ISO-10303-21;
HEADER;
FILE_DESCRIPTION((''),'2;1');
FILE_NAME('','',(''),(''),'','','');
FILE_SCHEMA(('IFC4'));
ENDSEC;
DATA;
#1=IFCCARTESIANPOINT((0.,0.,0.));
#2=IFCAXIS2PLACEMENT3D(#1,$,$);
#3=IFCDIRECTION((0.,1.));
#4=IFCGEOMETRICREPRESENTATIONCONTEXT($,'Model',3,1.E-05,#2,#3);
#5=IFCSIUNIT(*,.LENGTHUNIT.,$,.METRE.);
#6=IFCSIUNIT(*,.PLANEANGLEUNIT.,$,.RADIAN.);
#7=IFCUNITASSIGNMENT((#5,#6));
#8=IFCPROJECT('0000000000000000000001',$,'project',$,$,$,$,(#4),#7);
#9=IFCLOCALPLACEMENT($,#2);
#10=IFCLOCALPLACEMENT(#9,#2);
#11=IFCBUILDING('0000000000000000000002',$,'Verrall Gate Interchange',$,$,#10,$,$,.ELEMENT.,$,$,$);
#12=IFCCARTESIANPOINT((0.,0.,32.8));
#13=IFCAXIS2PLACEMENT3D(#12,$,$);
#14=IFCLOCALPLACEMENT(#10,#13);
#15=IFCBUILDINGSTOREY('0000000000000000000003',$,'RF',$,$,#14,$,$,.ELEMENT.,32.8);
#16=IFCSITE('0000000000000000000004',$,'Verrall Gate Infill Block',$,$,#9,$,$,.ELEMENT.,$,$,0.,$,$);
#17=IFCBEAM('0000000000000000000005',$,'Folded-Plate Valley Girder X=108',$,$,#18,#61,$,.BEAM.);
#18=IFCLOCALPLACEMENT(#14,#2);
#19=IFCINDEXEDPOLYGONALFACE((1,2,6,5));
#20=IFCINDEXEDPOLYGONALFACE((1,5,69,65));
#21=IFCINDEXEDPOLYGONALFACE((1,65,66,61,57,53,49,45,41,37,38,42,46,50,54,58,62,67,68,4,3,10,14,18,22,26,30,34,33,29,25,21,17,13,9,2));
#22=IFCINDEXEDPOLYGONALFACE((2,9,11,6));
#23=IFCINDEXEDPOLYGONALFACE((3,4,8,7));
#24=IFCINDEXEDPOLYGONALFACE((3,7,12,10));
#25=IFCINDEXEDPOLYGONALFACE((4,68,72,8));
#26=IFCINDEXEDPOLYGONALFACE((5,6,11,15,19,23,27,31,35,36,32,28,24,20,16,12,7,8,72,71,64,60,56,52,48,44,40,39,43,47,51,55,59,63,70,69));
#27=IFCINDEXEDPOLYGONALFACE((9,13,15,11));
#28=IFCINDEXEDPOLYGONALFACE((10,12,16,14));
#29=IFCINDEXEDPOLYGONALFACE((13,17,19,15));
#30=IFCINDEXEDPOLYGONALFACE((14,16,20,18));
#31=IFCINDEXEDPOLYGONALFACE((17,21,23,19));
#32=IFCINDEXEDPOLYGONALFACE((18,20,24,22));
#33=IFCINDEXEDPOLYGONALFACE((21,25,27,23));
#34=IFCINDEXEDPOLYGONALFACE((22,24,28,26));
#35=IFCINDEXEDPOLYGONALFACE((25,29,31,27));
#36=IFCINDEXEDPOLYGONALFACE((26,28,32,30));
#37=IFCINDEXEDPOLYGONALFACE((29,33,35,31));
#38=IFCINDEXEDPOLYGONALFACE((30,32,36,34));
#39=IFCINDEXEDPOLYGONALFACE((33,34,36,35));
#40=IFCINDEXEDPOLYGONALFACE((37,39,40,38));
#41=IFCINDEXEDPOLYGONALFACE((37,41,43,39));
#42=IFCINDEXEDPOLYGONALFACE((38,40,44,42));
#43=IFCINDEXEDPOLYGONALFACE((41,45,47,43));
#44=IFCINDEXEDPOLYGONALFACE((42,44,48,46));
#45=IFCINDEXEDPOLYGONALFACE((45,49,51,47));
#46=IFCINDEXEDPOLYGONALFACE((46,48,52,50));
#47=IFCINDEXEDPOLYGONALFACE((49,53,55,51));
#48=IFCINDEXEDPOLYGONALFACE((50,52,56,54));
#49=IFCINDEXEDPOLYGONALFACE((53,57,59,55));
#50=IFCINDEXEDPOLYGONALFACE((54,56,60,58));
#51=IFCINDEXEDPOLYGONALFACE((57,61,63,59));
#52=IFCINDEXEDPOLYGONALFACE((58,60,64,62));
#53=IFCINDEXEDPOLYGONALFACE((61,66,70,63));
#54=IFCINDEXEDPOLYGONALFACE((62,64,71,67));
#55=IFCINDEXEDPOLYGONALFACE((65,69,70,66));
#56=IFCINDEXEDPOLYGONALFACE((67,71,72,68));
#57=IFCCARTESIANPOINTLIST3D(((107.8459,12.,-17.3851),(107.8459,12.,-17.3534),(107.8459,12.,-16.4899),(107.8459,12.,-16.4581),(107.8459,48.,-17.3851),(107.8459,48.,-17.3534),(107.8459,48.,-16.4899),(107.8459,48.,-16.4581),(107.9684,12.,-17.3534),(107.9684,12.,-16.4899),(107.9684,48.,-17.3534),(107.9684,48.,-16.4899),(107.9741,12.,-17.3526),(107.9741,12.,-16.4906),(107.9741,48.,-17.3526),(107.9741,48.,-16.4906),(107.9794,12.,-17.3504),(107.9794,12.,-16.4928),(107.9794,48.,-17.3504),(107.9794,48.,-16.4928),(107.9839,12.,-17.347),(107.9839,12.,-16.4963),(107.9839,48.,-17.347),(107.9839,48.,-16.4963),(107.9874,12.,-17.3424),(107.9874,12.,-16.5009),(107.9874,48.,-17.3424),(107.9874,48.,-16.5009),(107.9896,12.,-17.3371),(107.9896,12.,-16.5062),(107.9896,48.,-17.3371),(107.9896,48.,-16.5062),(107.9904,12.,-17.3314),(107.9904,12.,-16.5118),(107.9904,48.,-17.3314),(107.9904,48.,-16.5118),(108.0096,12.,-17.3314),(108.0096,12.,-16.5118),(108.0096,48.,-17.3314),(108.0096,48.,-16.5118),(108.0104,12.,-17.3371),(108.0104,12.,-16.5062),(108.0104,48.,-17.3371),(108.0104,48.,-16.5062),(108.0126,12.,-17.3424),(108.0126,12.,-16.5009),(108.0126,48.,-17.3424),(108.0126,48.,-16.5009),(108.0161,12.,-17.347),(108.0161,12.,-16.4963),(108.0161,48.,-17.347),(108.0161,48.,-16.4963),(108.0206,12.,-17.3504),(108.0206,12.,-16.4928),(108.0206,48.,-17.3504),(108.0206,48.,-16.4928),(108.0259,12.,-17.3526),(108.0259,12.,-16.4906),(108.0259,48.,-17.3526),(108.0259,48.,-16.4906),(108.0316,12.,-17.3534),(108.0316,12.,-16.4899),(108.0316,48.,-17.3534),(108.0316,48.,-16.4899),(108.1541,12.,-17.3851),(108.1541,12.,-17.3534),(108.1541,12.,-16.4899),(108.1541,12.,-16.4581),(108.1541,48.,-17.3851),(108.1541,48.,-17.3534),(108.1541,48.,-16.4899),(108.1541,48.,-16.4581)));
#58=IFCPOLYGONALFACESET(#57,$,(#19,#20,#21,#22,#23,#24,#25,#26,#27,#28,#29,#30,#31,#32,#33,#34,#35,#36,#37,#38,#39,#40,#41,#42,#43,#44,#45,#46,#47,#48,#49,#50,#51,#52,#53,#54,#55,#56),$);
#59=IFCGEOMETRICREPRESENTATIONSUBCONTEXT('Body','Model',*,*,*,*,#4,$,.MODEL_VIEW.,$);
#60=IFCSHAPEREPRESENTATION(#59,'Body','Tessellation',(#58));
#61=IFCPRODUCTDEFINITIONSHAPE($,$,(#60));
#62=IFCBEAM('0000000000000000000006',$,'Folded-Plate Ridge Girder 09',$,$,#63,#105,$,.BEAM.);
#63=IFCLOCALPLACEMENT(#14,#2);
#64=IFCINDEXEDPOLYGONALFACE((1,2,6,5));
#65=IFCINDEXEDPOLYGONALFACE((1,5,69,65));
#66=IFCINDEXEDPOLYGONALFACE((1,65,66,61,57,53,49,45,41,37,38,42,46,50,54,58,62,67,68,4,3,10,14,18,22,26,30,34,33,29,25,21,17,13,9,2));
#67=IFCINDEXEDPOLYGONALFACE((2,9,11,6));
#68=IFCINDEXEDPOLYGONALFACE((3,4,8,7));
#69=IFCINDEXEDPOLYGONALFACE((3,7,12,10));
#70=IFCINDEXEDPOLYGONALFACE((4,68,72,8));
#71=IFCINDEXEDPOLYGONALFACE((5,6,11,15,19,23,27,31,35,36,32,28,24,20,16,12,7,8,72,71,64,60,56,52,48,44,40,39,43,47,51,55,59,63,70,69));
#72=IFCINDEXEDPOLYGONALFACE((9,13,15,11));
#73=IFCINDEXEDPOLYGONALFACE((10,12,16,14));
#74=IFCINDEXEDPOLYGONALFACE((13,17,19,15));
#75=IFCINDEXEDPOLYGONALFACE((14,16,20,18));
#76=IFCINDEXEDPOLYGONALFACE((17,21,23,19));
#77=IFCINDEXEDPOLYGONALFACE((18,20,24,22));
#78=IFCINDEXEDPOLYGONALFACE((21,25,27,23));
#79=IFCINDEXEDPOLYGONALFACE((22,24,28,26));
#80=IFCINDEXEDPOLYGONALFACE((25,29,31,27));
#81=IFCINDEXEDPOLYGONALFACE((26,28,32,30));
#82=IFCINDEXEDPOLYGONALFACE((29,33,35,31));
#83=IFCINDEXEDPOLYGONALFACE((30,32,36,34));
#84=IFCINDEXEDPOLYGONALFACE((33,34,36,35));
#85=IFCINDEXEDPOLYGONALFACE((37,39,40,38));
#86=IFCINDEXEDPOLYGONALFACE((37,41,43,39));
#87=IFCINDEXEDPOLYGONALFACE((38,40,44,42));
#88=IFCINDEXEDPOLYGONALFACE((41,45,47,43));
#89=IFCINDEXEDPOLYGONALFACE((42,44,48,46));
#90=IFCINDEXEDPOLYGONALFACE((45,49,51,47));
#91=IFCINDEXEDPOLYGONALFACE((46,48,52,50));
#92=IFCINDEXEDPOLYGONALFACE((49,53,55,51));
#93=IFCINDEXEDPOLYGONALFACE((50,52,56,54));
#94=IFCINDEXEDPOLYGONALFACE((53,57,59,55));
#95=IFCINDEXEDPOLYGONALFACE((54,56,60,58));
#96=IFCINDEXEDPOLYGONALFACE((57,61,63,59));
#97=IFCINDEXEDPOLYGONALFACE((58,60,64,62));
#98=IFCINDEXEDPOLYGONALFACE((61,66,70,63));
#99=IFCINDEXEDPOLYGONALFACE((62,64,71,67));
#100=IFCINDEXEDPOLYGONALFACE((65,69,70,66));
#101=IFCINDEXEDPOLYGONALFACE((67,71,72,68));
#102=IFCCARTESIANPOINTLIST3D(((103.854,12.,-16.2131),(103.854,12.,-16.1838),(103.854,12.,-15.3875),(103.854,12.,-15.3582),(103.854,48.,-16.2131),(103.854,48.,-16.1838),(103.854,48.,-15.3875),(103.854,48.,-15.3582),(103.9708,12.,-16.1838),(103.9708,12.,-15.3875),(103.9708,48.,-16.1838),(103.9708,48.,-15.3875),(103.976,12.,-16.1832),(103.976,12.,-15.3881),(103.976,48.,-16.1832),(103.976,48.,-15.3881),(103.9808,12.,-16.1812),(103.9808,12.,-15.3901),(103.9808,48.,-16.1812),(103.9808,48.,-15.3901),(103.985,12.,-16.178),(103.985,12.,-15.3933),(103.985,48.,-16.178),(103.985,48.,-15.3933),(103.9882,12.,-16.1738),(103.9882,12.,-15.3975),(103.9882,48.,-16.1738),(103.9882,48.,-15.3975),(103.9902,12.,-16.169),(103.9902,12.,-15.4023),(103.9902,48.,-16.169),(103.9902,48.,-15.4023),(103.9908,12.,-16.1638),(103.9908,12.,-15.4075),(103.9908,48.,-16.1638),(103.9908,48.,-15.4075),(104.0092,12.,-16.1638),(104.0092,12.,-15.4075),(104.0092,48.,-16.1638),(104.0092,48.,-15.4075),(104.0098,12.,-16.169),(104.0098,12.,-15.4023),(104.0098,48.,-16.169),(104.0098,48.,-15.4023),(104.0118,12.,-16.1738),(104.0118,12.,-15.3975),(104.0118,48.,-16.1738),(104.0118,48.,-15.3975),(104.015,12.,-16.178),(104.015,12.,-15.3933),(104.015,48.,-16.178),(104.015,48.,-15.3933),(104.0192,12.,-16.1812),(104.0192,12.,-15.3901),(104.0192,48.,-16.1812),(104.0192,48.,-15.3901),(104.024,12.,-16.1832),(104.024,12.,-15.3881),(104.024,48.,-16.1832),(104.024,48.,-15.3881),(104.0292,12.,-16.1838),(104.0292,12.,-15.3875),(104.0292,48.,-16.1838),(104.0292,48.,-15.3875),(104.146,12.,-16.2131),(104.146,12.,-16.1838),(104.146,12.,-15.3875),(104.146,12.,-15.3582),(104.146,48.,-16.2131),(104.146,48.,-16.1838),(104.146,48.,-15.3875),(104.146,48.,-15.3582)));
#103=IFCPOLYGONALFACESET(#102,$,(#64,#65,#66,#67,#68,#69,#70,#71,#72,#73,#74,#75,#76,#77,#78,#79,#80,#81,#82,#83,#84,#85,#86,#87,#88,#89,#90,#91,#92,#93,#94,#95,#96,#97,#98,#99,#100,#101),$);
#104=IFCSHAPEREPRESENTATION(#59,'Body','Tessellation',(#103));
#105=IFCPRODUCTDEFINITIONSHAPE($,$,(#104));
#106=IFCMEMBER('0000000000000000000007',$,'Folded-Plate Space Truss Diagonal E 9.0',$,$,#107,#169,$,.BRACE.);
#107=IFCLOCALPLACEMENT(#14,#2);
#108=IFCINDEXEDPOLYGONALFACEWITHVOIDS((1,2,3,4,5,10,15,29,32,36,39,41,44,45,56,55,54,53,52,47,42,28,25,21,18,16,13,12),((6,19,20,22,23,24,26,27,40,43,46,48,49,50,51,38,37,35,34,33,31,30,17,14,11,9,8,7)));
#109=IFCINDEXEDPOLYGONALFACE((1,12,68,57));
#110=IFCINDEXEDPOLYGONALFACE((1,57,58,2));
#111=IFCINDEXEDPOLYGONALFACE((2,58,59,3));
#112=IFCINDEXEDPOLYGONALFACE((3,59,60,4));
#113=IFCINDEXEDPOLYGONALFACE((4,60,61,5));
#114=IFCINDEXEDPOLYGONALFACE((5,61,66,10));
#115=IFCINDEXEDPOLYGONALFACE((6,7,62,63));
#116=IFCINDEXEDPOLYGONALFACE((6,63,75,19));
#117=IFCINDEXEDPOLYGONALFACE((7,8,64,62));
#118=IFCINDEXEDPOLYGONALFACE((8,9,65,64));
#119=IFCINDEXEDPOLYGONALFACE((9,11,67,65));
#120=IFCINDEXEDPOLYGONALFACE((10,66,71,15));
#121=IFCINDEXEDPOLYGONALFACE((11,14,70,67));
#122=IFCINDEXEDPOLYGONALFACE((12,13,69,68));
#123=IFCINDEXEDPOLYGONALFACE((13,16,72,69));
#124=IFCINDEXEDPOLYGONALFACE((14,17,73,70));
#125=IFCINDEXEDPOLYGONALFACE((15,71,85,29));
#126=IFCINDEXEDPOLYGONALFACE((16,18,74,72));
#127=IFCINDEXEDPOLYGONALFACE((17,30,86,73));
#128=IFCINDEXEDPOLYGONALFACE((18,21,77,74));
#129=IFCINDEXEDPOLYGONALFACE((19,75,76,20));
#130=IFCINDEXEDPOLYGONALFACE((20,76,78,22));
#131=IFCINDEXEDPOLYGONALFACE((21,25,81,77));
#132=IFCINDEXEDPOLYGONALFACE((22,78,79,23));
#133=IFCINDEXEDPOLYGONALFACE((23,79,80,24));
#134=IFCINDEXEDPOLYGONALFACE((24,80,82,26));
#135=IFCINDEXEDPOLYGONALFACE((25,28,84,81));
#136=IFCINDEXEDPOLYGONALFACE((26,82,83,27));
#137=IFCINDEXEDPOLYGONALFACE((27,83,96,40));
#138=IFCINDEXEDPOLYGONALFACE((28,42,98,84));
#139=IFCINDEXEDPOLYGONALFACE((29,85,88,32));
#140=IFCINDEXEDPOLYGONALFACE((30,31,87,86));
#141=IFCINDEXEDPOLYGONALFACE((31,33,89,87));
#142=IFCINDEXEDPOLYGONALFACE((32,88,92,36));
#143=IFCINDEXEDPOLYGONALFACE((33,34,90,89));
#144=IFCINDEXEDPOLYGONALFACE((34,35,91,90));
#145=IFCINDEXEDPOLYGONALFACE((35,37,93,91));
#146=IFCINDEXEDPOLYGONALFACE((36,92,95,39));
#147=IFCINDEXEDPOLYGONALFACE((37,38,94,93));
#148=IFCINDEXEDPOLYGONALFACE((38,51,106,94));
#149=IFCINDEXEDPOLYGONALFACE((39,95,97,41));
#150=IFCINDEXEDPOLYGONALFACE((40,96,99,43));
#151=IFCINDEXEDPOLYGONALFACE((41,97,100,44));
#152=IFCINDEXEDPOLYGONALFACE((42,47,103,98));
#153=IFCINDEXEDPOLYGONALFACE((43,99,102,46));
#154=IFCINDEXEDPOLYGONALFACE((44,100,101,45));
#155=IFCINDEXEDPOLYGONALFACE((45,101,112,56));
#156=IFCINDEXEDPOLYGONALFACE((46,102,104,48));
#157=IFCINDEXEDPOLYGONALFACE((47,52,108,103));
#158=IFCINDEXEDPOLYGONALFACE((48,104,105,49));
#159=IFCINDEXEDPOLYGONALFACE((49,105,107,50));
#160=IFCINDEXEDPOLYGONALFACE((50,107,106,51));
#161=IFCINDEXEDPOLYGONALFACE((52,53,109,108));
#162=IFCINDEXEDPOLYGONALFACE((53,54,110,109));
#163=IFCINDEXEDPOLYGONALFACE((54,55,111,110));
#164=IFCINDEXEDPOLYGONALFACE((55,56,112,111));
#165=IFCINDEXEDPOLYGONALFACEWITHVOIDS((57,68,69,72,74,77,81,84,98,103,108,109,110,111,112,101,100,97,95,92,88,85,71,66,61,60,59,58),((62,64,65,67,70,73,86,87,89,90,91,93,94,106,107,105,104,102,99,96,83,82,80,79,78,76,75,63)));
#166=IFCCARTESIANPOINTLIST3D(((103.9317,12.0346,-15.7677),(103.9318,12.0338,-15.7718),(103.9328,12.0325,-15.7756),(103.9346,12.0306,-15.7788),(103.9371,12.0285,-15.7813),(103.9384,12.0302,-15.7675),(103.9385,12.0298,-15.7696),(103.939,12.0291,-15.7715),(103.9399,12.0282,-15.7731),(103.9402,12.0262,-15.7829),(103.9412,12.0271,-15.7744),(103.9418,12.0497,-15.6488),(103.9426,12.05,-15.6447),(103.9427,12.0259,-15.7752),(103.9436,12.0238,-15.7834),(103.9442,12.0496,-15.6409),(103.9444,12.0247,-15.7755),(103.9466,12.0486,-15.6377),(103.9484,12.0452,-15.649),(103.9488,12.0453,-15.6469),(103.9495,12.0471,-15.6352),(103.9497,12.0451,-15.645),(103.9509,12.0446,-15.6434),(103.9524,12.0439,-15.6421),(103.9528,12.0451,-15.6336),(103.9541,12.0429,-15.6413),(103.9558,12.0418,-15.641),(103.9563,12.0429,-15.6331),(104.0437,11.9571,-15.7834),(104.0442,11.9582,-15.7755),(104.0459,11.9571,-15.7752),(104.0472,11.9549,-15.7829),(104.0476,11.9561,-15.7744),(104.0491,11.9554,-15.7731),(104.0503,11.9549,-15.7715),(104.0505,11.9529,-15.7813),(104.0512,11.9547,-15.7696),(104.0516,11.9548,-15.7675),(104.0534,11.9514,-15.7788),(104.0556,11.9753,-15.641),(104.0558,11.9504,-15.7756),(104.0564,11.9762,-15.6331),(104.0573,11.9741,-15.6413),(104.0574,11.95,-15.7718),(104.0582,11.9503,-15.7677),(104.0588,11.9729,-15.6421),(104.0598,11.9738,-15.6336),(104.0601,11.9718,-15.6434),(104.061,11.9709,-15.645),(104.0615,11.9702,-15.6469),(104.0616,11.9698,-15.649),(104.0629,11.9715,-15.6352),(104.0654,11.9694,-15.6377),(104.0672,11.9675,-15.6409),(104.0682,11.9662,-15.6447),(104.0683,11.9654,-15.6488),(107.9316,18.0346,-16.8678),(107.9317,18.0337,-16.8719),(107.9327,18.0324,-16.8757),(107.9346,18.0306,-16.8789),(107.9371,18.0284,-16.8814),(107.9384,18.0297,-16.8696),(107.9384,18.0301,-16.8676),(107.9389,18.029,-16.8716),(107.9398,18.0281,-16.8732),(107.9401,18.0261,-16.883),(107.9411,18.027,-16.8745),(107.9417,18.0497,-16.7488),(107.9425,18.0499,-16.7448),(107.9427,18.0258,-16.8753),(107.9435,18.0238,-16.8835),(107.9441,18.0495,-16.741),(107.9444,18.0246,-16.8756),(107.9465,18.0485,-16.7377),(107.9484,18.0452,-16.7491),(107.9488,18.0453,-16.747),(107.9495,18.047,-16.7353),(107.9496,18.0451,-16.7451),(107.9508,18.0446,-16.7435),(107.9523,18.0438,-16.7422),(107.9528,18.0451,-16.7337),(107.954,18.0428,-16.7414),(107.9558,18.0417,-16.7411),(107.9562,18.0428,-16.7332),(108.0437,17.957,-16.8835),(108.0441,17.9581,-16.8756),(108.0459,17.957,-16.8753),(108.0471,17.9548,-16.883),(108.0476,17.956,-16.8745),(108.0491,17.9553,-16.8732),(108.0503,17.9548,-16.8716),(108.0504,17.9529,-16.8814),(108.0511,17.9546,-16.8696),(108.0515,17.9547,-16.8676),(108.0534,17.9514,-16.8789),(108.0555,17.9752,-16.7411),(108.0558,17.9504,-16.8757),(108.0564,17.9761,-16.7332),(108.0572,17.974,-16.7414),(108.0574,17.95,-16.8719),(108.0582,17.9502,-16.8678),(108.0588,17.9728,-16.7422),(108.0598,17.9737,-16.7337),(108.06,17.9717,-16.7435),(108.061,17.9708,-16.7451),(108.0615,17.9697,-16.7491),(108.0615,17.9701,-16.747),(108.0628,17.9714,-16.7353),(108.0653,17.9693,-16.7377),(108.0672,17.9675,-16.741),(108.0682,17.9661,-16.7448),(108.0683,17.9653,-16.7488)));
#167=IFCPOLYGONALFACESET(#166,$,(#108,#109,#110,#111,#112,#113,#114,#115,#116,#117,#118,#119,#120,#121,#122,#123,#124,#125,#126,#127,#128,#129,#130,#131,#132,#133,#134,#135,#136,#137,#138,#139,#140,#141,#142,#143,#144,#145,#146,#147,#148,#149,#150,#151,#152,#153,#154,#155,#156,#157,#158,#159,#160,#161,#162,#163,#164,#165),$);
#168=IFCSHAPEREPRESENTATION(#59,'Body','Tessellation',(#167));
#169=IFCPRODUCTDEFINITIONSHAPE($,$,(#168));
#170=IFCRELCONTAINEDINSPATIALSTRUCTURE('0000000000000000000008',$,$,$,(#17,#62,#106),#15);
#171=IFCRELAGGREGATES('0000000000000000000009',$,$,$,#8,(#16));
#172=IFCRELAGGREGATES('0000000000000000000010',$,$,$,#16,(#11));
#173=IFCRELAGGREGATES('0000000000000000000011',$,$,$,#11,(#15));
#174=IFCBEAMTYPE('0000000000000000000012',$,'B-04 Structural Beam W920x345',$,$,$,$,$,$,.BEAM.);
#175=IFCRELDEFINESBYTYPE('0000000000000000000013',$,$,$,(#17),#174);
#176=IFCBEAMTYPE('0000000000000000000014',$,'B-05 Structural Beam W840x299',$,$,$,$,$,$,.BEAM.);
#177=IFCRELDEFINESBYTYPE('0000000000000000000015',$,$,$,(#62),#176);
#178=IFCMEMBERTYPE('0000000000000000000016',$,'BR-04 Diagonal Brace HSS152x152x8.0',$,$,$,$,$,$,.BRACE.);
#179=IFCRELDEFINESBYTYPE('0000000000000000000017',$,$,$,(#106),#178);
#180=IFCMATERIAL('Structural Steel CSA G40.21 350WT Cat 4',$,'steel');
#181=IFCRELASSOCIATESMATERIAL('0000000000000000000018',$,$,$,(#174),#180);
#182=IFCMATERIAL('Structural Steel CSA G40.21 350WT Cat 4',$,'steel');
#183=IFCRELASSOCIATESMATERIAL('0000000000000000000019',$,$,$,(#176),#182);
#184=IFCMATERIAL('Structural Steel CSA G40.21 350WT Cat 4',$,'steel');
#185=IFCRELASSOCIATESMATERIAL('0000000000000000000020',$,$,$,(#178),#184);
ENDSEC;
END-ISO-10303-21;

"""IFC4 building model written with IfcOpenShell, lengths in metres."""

from ifc_helpers import new_model, si_unit, direction, frame, origin, origin_2d, place, context, subcontext, project, spatial, hollow_rectangle, i_section, extrude, material, material_profile, profile_set, type_object, element, save


model = new_model("IFC4")

# Units and contexts
model_context = context("Model", 3, precision=1e-05, world=origin(), true_north=direction((0.0, 1.0)))
body_context = subcontext(model_context, "Body", "Model", "MODEL_VIEW")
ifc_project = project(units=[si_unit("LENGTHUNIT", "METRE"), si_unit("PLANEANGLEUNIT", "RADIAN")], contexts=[model_context])

# Site, building, storey
site_placement = place(None, origin())
site = spatial("IfcSite", under=ifc_project, at=site_placement, Name="Verrall Gate Infill Block", CompositionType="ELEMENT", RefElevation=0.0)
building_placement = place(site_placement, origin())
building = spatial("IfcBuilding", under=site, at=building_placement, Name="Verrall Gate Interchange", CompositionType="ELEMENT")
storey_placement = place(building_placement, frame((0.0, 0.0, 32.8)))
storey = spatial("IfcBuildingStorey", under=building, at=storey_placement, Name="RF", CompositionType="ELEMENT", Elevation=32.8)

# Beams
ifc_material_1 = material(Name="Structural Steel CSA G40.21 350WT Cat 4", Category="steel")
ifc_material_profile_1 = material_profile(ifc_material_1, i_section(OverallWidth=0.3081, OverallDepth=0.927, WebThickness=0.0193, FlangeThickness=0.0317, FilletRadius=0.022, at=origin_2d()), Name="W920x345")
ifc_profile_set_1 = profile_set([ifc_material_profile_1], Name="Structural Steel CSA G40.21 350WT Cat 4")
beam_type_1 = type_object("IfcBeamType", Name="B-04 Structural Beam W920x345", PredefinedType="BEAM", material=ifc_profile_set_1)
beam_1_placement = place(storey_placement, frame((108.0, 12.0, -16.9216), z_axis=(0.0, 1.0, 0.0), x_axis=(-1.0, 0.0, 0.0)))
element("IfcBeam", 1, at=beam_1_placement, inside=storey, type_object=beam_type_1, Name="Folded-Plate Valley Girder X=108", PredefinedType="BEAM", context=body_context, shape_type="SweptSolid", body=[
    extrude(i_section(OverallWidth=0.3081, OverallDepth=0.927, WebThickness=0.0193, FlangeThickness=0.0317, FilletRadius=0.022, at=origin_2d()), origin(), (0.0, 0.0, 1.0), 36.0),
])
ifc_material_2 = material(Name="Structural Steel CSA G40.21 350WT Cat 4", Category="steel")
ifc_material_profile_2 = material_profile(ifc_material_2, i_section(OverallWidth=0.292, OverallDepth=0.855, WebThickness=0.0183, FlangeThickness=0.0293, FilletRadius=0.02, at=origin_2d()), Name="W840x299")
ifc_profile_set_2 = profile_set([ifc_material_profile_2], Name="Structural Steel CSA G40.21 350WT Cat 4")
beam_type_2 = type_object("IfcBeamType", Name="B-05 Structural Beam W840x299", PredefinedType="BEAM", material=ifc_profile_set_2)
beam_2_placement = place(storey_placement, frame((104.0, 12.0, -15.7856), z_axis=(0.0, 1.0, 0.0), x_axis=(-1.0, 0.0, 0.0)))
element("IfcBeam", 2, at=beam_2_placement, inside=storey, type_object=beam_type_2, Name="Folded-Plate Ridge Girder 09", PredefinedType="BEAM", context=body_context, shape_type="SweptSolid", body=[
    extrude(i_section(OverallWidth=0.292, OverallDepth=0.855, WebThickness=0.0183, FlangeThickness=0.0293, FilletRadius=0.02, at=origin_2d()), origin(), (0.0, 0.0, 1.0), 36.0),
])

# Member
ifc_material_3 = material(Name="Structural Steel CSA G40.21 350WT Cat 4", Category="steel")
ifc_material_profile_3 = material_profile(ifc_material_3, hollow_rectangle(XDim=0.1521, YDim=0.1521, WallThickness=0.0081, InnerFilletRadius=0.0081, OuterFilletRadius=0.0159, at=origin_2d()), Name="HSS152x152x8.0")
ifc_profile_set_3 = profile_set([ifc_material_profile_3], Name="Structural Steel CSA G40.21 350WT Cat 4")
member_type_1 = type_object("IfcMemberType", Name="BR-04 Diagonal Brace HSS152x152x8.0", PredefinedType="BRACE", material=ifc_profile_set_3)
for number, where, z_axis, x_axis, name in (
    (3, (104.0, 12.0, -15.7083), (0.548356, 0.822534, -0.150811), (-0.83205, 0.5547, 0.0), "Folded-Plate Space Truss Diagonal E 9.0"),
):
    element("IfcMember", number, at=place(storey_placement, frame(where, z_axis=z_axis, x_axis=x_axis)), inside=storey, type_object=member_type_1, Name=name, PredefinedType="BRACE", context=body_context, shape_type="SweptSolid", body=[
        extrude(hollow_rectangle(XDim=0.1521, YDim=0.1521, WallThickness=0.0081, InnerFilletRadius=0.0081, OuterFilletRadius=0.0159, at=origin_2d()), origin(), (0.0, 0.0, 1.0), 7.2944),
    ])

save(model, "model.ifc")
